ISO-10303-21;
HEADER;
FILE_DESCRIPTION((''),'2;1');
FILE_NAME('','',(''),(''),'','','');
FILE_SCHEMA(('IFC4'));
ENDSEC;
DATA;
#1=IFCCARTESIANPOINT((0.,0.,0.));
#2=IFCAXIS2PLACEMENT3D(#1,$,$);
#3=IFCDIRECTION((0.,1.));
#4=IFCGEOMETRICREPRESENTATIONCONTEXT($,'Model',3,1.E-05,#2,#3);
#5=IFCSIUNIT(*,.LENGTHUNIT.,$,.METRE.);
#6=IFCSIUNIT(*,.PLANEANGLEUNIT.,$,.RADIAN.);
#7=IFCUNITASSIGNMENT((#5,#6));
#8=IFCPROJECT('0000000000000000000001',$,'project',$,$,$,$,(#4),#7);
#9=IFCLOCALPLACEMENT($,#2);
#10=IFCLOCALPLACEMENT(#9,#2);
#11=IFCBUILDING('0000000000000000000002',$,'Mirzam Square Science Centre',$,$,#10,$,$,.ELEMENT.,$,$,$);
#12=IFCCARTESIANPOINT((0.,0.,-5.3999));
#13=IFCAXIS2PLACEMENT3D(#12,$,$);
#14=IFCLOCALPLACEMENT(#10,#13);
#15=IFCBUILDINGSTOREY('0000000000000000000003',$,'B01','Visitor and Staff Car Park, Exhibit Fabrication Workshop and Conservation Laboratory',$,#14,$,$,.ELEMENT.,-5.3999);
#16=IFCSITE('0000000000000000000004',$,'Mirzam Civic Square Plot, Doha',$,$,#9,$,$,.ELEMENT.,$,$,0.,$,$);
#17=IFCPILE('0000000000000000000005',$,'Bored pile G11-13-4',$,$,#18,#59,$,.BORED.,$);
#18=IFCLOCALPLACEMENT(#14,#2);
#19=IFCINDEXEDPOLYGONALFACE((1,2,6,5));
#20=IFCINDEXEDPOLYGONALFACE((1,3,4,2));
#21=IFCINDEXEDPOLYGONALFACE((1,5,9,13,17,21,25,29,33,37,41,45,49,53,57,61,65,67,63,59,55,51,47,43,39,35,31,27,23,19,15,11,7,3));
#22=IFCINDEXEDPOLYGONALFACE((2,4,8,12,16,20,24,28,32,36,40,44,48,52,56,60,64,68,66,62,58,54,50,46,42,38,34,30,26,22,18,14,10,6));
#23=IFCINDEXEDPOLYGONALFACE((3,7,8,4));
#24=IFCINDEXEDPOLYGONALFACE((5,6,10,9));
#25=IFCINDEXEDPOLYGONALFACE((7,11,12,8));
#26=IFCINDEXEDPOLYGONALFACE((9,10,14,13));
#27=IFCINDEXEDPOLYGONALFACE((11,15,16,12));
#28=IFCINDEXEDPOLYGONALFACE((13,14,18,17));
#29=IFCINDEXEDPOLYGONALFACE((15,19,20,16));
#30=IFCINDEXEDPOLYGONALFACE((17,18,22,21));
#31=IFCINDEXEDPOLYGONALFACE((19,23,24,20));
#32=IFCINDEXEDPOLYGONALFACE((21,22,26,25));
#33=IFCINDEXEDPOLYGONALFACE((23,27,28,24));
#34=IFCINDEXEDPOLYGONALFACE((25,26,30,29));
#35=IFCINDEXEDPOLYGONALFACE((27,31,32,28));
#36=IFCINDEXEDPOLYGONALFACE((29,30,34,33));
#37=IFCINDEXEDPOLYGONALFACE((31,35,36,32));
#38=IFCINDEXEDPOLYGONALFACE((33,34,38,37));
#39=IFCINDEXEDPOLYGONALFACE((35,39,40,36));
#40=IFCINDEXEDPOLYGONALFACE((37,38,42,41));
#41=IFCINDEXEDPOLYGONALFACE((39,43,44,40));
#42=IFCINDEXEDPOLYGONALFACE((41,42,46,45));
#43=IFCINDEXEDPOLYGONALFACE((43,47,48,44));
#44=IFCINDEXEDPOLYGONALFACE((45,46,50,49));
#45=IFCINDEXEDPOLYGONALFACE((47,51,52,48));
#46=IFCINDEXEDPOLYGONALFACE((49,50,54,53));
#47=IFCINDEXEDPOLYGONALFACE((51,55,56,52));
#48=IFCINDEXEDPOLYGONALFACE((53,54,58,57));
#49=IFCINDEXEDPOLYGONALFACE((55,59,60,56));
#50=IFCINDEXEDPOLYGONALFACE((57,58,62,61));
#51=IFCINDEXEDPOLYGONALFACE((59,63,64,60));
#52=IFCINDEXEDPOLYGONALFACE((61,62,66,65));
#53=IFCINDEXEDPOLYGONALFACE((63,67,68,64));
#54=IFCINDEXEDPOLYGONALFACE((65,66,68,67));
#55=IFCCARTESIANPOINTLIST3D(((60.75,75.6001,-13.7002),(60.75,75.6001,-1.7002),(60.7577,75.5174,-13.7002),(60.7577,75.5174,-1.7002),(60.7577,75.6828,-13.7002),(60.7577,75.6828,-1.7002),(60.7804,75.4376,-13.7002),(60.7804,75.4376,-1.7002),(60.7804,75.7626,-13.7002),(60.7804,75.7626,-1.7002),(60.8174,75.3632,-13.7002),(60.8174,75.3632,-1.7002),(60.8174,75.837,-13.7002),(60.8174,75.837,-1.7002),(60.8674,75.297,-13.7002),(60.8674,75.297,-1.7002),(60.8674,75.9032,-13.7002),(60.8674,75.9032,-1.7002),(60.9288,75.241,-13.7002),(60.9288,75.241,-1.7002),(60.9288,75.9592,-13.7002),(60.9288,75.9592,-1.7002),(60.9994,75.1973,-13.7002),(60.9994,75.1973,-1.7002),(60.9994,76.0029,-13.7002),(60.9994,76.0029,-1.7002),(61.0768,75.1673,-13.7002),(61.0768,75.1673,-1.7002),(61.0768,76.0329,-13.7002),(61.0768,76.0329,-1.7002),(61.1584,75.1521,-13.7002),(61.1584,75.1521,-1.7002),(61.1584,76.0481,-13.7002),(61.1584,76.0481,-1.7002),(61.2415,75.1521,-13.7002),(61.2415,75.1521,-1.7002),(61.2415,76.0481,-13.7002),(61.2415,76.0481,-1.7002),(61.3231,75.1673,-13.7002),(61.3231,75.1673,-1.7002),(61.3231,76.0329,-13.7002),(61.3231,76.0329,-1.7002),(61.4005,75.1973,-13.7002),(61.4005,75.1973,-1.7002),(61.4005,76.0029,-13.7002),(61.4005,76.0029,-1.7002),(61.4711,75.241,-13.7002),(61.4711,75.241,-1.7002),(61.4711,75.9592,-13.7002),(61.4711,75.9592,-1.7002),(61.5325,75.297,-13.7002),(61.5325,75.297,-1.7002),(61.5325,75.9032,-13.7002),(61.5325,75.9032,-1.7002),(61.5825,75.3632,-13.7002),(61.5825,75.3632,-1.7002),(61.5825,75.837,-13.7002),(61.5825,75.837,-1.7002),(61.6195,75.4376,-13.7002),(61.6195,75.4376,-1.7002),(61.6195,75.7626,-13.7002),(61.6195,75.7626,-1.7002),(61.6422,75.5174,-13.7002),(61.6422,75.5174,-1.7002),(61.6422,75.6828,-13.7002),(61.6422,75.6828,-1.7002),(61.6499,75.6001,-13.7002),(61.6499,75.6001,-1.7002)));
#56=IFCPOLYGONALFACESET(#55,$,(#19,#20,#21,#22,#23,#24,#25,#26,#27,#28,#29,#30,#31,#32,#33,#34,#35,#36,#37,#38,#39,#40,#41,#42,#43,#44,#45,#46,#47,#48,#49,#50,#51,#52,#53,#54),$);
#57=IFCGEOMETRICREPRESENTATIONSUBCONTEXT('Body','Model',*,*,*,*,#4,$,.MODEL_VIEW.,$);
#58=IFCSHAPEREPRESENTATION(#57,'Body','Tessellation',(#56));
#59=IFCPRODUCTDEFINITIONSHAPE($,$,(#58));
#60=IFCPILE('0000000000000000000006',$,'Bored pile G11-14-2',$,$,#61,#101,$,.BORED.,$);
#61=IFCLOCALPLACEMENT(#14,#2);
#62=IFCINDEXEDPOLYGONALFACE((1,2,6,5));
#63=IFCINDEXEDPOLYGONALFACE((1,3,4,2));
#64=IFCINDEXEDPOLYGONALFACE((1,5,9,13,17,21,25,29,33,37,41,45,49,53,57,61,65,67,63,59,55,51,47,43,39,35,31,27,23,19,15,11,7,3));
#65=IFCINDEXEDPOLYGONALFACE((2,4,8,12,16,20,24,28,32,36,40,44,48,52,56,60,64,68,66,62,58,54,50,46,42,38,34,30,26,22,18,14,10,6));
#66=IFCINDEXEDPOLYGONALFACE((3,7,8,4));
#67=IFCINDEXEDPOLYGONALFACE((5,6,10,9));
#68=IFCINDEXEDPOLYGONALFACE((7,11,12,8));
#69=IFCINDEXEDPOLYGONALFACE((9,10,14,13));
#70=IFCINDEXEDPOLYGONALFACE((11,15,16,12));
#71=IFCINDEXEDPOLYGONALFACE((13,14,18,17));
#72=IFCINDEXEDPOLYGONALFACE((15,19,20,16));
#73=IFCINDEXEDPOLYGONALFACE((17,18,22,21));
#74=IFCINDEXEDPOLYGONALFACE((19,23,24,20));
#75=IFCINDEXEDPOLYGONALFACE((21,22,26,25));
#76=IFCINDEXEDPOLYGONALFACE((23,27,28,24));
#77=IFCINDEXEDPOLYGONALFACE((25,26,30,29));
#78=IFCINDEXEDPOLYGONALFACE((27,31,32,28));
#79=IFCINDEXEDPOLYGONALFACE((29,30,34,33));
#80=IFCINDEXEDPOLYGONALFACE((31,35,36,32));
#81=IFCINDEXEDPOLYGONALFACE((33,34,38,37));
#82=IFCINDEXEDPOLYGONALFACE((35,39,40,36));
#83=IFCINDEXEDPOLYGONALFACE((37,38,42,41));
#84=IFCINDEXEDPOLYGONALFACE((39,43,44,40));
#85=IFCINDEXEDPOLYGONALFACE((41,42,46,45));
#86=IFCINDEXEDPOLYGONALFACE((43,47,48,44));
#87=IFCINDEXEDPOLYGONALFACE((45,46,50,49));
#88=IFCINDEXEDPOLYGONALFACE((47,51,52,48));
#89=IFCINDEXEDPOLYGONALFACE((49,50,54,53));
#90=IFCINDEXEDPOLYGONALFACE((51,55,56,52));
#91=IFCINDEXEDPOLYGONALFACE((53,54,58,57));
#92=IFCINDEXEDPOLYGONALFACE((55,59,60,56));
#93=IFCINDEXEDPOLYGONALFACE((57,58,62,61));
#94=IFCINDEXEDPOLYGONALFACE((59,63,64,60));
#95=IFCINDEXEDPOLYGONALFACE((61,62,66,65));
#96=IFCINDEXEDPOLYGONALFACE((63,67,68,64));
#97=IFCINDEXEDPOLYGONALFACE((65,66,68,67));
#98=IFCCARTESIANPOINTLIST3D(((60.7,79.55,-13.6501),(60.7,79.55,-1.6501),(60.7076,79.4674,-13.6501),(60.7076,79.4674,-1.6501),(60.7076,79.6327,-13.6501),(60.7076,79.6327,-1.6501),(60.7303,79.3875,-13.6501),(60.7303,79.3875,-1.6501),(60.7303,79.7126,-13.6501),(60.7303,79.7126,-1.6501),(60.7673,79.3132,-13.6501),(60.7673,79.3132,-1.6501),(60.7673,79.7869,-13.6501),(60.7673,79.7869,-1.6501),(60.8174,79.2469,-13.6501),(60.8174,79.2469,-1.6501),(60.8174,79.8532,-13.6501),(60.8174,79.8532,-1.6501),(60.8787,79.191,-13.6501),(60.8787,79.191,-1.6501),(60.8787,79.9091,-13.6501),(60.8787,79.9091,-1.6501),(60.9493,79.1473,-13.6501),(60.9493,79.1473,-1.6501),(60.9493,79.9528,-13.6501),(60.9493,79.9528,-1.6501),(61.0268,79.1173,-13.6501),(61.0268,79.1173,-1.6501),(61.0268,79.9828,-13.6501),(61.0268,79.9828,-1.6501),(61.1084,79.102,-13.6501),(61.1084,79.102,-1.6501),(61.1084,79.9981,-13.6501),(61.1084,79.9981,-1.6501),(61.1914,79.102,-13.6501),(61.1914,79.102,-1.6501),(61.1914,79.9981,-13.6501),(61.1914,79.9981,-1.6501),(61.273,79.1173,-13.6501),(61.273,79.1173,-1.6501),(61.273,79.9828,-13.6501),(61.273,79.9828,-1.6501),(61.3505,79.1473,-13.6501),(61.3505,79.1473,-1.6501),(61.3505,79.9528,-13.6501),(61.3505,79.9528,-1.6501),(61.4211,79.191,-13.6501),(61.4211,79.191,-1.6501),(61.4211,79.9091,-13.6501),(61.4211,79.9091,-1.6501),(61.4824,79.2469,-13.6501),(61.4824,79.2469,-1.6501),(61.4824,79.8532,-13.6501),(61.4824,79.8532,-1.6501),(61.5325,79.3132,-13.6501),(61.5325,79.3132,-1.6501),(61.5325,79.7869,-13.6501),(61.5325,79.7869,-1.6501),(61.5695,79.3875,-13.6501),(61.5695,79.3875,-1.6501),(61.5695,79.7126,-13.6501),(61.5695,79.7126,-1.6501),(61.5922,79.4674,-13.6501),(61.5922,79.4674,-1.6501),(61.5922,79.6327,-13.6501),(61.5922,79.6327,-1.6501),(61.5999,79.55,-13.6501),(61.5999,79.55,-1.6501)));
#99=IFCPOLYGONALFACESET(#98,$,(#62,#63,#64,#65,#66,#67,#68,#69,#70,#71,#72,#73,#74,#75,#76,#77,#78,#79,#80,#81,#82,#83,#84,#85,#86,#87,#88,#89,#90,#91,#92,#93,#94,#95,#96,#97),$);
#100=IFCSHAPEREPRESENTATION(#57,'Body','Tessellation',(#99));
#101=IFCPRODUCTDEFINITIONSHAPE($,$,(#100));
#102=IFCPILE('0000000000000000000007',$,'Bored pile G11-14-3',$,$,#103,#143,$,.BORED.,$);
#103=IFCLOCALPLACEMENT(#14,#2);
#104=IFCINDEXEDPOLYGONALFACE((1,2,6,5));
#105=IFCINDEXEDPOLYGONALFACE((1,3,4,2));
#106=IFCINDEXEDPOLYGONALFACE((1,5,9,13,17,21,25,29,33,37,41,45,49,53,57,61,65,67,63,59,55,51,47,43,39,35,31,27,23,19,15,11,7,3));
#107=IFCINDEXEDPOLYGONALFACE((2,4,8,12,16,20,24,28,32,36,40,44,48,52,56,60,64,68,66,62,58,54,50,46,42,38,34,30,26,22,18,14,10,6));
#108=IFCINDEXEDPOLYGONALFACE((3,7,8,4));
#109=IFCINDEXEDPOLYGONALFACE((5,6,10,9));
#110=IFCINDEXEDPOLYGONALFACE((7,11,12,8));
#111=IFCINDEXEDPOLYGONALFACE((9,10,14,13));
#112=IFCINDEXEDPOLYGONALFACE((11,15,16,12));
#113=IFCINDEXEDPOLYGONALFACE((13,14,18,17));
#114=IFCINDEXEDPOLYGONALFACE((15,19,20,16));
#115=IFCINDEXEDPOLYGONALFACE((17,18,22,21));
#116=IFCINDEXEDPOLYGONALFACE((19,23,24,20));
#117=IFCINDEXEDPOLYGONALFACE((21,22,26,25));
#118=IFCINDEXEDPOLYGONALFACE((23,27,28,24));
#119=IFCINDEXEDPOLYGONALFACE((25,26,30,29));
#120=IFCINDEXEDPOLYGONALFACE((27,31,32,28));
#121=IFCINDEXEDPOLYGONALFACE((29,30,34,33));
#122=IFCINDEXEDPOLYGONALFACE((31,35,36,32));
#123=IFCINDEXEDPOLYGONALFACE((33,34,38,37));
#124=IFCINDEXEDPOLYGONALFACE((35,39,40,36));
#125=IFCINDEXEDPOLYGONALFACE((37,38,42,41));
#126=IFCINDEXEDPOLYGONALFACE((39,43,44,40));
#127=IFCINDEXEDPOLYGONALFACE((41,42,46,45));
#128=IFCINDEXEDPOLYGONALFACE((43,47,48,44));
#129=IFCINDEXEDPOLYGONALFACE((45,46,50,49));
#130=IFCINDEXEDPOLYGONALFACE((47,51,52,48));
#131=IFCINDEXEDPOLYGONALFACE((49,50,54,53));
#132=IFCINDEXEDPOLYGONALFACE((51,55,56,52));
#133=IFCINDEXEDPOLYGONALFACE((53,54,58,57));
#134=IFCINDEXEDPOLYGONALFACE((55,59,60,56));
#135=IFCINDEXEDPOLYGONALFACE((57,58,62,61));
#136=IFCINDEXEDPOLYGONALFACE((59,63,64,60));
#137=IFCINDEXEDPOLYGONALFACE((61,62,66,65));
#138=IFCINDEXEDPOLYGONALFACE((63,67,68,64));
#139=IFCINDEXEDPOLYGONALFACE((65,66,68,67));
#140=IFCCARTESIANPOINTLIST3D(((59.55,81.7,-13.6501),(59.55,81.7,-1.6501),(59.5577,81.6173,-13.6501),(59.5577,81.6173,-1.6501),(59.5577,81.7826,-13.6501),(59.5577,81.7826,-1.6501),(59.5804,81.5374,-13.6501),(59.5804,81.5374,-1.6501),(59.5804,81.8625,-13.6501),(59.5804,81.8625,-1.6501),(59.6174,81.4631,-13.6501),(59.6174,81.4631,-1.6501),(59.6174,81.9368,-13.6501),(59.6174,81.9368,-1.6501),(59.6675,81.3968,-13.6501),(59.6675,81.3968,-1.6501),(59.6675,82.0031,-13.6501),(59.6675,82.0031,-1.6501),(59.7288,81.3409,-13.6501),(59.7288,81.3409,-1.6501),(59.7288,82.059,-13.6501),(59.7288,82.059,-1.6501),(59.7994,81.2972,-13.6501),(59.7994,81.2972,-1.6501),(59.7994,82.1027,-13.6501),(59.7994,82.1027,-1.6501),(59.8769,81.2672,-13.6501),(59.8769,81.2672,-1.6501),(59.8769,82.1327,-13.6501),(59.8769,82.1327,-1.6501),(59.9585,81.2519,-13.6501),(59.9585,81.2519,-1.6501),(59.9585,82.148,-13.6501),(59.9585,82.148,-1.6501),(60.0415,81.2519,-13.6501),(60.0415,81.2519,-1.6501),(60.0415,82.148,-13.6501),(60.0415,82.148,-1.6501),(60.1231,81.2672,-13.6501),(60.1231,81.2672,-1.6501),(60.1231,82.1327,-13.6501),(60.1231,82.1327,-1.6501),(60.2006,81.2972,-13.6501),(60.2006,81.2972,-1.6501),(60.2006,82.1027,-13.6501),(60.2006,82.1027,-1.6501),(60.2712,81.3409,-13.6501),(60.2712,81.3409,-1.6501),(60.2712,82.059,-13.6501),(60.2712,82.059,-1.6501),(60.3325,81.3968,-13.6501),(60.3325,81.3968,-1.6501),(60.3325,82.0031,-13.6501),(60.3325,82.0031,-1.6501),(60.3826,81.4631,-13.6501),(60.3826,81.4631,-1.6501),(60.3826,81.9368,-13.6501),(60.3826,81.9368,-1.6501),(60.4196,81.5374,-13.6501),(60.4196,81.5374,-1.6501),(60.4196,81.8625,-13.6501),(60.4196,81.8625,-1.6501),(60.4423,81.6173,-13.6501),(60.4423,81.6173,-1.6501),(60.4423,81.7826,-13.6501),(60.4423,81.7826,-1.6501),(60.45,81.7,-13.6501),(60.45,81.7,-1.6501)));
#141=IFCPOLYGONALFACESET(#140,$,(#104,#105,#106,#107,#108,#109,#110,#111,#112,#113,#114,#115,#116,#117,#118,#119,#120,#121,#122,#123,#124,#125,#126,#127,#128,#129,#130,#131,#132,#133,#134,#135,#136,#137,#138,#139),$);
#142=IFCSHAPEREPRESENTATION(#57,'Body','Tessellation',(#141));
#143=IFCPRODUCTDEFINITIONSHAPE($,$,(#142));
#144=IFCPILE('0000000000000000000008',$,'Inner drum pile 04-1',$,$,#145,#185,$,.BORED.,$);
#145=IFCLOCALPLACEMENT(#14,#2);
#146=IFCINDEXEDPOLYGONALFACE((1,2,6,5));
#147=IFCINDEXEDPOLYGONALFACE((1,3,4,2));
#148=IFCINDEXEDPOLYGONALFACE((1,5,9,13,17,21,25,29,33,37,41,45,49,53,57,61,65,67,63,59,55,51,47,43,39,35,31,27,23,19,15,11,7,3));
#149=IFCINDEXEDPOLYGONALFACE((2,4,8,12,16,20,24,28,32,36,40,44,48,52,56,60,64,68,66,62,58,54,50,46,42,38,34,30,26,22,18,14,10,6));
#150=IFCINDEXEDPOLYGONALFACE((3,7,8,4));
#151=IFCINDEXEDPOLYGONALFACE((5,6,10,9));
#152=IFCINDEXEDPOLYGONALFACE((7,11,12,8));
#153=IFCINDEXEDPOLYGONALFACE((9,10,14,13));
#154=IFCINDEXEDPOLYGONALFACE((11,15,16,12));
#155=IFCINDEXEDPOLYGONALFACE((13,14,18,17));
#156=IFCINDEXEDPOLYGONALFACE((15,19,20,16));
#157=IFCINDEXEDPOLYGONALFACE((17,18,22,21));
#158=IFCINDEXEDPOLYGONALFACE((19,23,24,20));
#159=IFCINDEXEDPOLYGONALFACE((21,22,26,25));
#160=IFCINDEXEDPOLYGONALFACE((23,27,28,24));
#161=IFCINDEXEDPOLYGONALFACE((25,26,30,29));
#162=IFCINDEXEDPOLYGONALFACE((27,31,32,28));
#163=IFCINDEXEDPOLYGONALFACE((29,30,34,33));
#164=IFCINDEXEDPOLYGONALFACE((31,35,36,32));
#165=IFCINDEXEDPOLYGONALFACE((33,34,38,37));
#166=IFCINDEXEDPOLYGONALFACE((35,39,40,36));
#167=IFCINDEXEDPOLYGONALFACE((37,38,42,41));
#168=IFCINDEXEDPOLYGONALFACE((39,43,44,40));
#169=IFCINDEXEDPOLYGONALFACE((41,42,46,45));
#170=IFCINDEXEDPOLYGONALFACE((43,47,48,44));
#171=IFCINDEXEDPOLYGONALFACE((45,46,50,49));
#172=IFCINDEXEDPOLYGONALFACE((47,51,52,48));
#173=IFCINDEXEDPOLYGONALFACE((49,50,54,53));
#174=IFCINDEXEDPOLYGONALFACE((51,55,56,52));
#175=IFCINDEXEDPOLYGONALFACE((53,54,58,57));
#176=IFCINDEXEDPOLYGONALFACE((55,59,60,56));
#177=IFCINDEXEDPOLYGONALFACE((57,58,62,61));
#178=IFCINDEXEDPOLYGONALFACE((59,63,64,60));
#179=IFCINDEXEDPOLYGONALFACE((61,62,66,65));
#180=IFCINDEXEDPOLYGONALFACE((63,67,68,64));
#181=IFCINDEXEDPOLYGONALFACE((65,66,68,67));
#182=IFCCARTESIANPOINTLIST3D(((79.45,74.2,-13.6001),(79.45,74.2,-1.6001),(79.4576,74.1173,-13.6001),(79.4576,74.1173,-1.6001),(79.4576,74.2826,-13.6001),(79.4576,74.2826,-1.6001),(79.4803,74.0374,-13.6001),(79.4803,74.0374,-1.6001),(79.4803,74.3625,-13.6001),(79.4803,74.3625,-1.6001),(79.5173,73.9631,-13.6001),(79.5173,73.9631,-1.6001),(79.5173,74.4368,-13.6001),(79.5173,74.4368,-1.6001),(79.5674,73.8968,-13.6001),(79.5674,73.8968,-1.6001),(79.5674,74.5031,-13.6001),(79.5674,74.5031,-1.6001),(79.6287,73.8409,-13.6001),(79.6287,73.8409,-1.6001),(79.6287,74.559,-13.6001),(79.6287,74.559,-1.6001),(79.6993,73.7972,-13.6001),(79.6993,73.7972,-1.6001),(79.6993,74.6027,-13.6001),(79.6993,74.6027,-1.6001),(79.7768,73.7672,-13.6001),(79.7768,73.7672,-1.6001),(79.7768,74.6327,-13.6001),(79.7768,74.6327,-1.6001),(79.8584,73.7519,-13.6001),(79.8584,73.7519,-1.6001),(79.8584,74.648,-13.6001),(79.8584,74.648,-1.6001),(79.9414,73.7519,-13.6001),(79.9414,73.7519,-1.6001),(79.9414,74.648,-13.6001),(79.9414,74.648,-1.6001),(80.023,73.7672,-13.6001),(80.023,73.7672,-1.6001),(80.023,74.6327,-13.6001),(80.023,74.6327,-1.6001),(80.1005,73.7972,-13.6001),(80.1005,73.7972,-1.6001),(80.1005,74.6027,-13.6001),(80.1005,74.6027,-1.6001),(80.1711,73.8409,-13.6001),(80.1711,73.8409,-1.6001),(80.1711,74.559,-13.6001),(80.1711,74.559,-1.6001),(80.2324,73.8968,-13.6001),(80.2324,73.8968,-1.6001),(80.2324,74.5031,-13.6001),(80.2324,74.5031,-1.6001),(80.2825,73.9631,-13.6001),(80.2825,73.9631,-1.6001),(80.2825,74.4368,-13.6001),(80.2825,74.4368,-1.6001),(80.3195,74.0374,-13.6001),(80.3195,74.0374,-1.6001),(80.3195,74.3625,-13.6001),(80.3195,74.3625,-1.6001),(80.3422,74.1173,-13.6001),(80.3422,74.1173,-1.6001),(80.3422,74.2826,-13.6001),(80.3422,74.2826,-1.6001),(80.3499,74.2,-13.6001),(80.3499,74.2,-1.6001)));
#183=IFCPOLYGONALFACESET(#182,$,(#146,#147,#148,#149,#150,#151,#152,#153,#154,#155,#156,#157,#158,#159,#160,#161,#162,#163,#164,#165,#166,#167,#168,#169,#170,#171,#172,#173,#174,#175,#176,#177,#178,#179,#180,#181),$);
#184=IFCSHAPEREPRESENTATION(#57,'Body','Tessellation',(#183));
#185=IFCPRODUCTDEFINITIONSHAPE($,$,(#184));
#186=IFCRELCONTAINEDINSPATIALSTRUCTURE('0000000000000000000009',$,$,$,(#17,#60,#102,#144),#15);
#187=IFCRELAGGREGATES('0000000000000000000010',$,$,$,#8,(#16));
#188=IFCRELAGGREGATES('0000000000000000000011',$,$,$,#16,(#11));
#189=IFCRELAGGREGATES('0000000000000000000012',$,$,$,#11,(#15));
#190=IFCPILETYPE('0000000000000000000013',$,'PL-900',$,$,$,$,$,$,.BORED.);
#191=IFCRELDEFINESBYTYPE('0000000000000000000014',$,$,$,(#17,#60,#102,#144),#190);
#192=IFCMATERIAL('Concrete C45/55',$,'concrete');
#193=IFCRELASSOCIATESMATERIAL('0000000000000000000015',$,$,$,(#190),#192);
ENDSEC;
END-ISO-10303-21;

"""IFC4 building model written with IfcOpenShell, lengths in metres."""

from ifc_helpers import new_model, si_unit, direction, frame, origin, origin_2d, place, context, subcontext, project, spatial, circle, extrude, material, material_profile, profile_set, type_object, element, save


model = new_model("IFC4")

# Units and contexts
model_context = context("Model", 3, precision=1e-05, world=origin(), true_north=direction((0.0, 1.0)))
body_context = subcontext(model_context, "Body", "Model", "MODEL_VIEW")
ifc_project = project(units=[si_unit("LENGTHUNIT", "METRE"), si_unit("PLANEANGLEUNIT", "RADIAN")], contexts=[model_context])

# Site, building, storey
site_placement = place(None, origin())
site = spatial("IfcSite", under=ifc_project, at=site_placement, Name="Mirzam Civic Square Plot, Doha", CompositionType="ELEMENT", RefElevation=0.0)
building_placement = place(site_placement, origin())
building = spatial("IfcBuilding", under=site, at=building_placement, Name="Mirzam Square Science Centre", CompositionType="ELEMENT")
storey_placement = place(building_placement, frame((0.0, 0.0, -5.3999)))
storey = spatial("IfcBuildingStorey", under=building, at=storey_placement, Name="B01", Description="Visitor and Staff Car Park, Exhibit Fabrication Workshop and Conservation Laboratory", CompositionType="ELEMENT", Elevation=-5.3999)

# Shared definitions
ifc_material_1 = material(Name="Concrete C45/55", Category="concrete")

# Piles
ifc_material_profile_1 = material_profile(ifc_material_1, circle(Radius=0.45, at=origin_2d()), Name="PILE-D900")
ifc_profile_set_1 = profile_set([ifc_material_profile_1], Name="Concrete C45/55")
pile_type_1 = type_object("IfcPileType", Name="PL-900", PredefinedType="BORED", material=ifc_profile_set_1)
for number, where, z_axis, x_axis, name in (
    (1, (61.2, 75.6001, -1.7002), (0.0, 0.0, -1.0), (1.0, 0.0, 0.0), "Bored pile G11-13-4"),
    (2, (61.1499, 79.55, -1.6501), (0.0, 0.0, -1.0), (1.0, 0.0, 0.0), "Bored pile G11-14-2"),
    (3, (60.0, 81.7, -1.6501), (0.0, 0.0, -1.0), (1.0, 0.0, 0.0), "Bored pile G11-14-3"),
    (4, (79.8999, 74.2, -1.6001), (0.0, 0.0, -1.0), (1.0, 0.0, 0.0), "Inner drum pile 04-1"),
):
    element("IfcPile", number, at=place(storey_placement, frame(where, z_axis=z_axis, x_axis=x_axis)), inside=storey, type_object=pile_type_1, Name=name, PredefinedType="BORED", context=body_context, shape_type="SweptSolid", body=[
        extrude(circle(Radius=0.45, at=origin_2d()), origin(), (0.0, 0.0, 1.0), 12.0),
    ])

save(model, "model.ifc")
